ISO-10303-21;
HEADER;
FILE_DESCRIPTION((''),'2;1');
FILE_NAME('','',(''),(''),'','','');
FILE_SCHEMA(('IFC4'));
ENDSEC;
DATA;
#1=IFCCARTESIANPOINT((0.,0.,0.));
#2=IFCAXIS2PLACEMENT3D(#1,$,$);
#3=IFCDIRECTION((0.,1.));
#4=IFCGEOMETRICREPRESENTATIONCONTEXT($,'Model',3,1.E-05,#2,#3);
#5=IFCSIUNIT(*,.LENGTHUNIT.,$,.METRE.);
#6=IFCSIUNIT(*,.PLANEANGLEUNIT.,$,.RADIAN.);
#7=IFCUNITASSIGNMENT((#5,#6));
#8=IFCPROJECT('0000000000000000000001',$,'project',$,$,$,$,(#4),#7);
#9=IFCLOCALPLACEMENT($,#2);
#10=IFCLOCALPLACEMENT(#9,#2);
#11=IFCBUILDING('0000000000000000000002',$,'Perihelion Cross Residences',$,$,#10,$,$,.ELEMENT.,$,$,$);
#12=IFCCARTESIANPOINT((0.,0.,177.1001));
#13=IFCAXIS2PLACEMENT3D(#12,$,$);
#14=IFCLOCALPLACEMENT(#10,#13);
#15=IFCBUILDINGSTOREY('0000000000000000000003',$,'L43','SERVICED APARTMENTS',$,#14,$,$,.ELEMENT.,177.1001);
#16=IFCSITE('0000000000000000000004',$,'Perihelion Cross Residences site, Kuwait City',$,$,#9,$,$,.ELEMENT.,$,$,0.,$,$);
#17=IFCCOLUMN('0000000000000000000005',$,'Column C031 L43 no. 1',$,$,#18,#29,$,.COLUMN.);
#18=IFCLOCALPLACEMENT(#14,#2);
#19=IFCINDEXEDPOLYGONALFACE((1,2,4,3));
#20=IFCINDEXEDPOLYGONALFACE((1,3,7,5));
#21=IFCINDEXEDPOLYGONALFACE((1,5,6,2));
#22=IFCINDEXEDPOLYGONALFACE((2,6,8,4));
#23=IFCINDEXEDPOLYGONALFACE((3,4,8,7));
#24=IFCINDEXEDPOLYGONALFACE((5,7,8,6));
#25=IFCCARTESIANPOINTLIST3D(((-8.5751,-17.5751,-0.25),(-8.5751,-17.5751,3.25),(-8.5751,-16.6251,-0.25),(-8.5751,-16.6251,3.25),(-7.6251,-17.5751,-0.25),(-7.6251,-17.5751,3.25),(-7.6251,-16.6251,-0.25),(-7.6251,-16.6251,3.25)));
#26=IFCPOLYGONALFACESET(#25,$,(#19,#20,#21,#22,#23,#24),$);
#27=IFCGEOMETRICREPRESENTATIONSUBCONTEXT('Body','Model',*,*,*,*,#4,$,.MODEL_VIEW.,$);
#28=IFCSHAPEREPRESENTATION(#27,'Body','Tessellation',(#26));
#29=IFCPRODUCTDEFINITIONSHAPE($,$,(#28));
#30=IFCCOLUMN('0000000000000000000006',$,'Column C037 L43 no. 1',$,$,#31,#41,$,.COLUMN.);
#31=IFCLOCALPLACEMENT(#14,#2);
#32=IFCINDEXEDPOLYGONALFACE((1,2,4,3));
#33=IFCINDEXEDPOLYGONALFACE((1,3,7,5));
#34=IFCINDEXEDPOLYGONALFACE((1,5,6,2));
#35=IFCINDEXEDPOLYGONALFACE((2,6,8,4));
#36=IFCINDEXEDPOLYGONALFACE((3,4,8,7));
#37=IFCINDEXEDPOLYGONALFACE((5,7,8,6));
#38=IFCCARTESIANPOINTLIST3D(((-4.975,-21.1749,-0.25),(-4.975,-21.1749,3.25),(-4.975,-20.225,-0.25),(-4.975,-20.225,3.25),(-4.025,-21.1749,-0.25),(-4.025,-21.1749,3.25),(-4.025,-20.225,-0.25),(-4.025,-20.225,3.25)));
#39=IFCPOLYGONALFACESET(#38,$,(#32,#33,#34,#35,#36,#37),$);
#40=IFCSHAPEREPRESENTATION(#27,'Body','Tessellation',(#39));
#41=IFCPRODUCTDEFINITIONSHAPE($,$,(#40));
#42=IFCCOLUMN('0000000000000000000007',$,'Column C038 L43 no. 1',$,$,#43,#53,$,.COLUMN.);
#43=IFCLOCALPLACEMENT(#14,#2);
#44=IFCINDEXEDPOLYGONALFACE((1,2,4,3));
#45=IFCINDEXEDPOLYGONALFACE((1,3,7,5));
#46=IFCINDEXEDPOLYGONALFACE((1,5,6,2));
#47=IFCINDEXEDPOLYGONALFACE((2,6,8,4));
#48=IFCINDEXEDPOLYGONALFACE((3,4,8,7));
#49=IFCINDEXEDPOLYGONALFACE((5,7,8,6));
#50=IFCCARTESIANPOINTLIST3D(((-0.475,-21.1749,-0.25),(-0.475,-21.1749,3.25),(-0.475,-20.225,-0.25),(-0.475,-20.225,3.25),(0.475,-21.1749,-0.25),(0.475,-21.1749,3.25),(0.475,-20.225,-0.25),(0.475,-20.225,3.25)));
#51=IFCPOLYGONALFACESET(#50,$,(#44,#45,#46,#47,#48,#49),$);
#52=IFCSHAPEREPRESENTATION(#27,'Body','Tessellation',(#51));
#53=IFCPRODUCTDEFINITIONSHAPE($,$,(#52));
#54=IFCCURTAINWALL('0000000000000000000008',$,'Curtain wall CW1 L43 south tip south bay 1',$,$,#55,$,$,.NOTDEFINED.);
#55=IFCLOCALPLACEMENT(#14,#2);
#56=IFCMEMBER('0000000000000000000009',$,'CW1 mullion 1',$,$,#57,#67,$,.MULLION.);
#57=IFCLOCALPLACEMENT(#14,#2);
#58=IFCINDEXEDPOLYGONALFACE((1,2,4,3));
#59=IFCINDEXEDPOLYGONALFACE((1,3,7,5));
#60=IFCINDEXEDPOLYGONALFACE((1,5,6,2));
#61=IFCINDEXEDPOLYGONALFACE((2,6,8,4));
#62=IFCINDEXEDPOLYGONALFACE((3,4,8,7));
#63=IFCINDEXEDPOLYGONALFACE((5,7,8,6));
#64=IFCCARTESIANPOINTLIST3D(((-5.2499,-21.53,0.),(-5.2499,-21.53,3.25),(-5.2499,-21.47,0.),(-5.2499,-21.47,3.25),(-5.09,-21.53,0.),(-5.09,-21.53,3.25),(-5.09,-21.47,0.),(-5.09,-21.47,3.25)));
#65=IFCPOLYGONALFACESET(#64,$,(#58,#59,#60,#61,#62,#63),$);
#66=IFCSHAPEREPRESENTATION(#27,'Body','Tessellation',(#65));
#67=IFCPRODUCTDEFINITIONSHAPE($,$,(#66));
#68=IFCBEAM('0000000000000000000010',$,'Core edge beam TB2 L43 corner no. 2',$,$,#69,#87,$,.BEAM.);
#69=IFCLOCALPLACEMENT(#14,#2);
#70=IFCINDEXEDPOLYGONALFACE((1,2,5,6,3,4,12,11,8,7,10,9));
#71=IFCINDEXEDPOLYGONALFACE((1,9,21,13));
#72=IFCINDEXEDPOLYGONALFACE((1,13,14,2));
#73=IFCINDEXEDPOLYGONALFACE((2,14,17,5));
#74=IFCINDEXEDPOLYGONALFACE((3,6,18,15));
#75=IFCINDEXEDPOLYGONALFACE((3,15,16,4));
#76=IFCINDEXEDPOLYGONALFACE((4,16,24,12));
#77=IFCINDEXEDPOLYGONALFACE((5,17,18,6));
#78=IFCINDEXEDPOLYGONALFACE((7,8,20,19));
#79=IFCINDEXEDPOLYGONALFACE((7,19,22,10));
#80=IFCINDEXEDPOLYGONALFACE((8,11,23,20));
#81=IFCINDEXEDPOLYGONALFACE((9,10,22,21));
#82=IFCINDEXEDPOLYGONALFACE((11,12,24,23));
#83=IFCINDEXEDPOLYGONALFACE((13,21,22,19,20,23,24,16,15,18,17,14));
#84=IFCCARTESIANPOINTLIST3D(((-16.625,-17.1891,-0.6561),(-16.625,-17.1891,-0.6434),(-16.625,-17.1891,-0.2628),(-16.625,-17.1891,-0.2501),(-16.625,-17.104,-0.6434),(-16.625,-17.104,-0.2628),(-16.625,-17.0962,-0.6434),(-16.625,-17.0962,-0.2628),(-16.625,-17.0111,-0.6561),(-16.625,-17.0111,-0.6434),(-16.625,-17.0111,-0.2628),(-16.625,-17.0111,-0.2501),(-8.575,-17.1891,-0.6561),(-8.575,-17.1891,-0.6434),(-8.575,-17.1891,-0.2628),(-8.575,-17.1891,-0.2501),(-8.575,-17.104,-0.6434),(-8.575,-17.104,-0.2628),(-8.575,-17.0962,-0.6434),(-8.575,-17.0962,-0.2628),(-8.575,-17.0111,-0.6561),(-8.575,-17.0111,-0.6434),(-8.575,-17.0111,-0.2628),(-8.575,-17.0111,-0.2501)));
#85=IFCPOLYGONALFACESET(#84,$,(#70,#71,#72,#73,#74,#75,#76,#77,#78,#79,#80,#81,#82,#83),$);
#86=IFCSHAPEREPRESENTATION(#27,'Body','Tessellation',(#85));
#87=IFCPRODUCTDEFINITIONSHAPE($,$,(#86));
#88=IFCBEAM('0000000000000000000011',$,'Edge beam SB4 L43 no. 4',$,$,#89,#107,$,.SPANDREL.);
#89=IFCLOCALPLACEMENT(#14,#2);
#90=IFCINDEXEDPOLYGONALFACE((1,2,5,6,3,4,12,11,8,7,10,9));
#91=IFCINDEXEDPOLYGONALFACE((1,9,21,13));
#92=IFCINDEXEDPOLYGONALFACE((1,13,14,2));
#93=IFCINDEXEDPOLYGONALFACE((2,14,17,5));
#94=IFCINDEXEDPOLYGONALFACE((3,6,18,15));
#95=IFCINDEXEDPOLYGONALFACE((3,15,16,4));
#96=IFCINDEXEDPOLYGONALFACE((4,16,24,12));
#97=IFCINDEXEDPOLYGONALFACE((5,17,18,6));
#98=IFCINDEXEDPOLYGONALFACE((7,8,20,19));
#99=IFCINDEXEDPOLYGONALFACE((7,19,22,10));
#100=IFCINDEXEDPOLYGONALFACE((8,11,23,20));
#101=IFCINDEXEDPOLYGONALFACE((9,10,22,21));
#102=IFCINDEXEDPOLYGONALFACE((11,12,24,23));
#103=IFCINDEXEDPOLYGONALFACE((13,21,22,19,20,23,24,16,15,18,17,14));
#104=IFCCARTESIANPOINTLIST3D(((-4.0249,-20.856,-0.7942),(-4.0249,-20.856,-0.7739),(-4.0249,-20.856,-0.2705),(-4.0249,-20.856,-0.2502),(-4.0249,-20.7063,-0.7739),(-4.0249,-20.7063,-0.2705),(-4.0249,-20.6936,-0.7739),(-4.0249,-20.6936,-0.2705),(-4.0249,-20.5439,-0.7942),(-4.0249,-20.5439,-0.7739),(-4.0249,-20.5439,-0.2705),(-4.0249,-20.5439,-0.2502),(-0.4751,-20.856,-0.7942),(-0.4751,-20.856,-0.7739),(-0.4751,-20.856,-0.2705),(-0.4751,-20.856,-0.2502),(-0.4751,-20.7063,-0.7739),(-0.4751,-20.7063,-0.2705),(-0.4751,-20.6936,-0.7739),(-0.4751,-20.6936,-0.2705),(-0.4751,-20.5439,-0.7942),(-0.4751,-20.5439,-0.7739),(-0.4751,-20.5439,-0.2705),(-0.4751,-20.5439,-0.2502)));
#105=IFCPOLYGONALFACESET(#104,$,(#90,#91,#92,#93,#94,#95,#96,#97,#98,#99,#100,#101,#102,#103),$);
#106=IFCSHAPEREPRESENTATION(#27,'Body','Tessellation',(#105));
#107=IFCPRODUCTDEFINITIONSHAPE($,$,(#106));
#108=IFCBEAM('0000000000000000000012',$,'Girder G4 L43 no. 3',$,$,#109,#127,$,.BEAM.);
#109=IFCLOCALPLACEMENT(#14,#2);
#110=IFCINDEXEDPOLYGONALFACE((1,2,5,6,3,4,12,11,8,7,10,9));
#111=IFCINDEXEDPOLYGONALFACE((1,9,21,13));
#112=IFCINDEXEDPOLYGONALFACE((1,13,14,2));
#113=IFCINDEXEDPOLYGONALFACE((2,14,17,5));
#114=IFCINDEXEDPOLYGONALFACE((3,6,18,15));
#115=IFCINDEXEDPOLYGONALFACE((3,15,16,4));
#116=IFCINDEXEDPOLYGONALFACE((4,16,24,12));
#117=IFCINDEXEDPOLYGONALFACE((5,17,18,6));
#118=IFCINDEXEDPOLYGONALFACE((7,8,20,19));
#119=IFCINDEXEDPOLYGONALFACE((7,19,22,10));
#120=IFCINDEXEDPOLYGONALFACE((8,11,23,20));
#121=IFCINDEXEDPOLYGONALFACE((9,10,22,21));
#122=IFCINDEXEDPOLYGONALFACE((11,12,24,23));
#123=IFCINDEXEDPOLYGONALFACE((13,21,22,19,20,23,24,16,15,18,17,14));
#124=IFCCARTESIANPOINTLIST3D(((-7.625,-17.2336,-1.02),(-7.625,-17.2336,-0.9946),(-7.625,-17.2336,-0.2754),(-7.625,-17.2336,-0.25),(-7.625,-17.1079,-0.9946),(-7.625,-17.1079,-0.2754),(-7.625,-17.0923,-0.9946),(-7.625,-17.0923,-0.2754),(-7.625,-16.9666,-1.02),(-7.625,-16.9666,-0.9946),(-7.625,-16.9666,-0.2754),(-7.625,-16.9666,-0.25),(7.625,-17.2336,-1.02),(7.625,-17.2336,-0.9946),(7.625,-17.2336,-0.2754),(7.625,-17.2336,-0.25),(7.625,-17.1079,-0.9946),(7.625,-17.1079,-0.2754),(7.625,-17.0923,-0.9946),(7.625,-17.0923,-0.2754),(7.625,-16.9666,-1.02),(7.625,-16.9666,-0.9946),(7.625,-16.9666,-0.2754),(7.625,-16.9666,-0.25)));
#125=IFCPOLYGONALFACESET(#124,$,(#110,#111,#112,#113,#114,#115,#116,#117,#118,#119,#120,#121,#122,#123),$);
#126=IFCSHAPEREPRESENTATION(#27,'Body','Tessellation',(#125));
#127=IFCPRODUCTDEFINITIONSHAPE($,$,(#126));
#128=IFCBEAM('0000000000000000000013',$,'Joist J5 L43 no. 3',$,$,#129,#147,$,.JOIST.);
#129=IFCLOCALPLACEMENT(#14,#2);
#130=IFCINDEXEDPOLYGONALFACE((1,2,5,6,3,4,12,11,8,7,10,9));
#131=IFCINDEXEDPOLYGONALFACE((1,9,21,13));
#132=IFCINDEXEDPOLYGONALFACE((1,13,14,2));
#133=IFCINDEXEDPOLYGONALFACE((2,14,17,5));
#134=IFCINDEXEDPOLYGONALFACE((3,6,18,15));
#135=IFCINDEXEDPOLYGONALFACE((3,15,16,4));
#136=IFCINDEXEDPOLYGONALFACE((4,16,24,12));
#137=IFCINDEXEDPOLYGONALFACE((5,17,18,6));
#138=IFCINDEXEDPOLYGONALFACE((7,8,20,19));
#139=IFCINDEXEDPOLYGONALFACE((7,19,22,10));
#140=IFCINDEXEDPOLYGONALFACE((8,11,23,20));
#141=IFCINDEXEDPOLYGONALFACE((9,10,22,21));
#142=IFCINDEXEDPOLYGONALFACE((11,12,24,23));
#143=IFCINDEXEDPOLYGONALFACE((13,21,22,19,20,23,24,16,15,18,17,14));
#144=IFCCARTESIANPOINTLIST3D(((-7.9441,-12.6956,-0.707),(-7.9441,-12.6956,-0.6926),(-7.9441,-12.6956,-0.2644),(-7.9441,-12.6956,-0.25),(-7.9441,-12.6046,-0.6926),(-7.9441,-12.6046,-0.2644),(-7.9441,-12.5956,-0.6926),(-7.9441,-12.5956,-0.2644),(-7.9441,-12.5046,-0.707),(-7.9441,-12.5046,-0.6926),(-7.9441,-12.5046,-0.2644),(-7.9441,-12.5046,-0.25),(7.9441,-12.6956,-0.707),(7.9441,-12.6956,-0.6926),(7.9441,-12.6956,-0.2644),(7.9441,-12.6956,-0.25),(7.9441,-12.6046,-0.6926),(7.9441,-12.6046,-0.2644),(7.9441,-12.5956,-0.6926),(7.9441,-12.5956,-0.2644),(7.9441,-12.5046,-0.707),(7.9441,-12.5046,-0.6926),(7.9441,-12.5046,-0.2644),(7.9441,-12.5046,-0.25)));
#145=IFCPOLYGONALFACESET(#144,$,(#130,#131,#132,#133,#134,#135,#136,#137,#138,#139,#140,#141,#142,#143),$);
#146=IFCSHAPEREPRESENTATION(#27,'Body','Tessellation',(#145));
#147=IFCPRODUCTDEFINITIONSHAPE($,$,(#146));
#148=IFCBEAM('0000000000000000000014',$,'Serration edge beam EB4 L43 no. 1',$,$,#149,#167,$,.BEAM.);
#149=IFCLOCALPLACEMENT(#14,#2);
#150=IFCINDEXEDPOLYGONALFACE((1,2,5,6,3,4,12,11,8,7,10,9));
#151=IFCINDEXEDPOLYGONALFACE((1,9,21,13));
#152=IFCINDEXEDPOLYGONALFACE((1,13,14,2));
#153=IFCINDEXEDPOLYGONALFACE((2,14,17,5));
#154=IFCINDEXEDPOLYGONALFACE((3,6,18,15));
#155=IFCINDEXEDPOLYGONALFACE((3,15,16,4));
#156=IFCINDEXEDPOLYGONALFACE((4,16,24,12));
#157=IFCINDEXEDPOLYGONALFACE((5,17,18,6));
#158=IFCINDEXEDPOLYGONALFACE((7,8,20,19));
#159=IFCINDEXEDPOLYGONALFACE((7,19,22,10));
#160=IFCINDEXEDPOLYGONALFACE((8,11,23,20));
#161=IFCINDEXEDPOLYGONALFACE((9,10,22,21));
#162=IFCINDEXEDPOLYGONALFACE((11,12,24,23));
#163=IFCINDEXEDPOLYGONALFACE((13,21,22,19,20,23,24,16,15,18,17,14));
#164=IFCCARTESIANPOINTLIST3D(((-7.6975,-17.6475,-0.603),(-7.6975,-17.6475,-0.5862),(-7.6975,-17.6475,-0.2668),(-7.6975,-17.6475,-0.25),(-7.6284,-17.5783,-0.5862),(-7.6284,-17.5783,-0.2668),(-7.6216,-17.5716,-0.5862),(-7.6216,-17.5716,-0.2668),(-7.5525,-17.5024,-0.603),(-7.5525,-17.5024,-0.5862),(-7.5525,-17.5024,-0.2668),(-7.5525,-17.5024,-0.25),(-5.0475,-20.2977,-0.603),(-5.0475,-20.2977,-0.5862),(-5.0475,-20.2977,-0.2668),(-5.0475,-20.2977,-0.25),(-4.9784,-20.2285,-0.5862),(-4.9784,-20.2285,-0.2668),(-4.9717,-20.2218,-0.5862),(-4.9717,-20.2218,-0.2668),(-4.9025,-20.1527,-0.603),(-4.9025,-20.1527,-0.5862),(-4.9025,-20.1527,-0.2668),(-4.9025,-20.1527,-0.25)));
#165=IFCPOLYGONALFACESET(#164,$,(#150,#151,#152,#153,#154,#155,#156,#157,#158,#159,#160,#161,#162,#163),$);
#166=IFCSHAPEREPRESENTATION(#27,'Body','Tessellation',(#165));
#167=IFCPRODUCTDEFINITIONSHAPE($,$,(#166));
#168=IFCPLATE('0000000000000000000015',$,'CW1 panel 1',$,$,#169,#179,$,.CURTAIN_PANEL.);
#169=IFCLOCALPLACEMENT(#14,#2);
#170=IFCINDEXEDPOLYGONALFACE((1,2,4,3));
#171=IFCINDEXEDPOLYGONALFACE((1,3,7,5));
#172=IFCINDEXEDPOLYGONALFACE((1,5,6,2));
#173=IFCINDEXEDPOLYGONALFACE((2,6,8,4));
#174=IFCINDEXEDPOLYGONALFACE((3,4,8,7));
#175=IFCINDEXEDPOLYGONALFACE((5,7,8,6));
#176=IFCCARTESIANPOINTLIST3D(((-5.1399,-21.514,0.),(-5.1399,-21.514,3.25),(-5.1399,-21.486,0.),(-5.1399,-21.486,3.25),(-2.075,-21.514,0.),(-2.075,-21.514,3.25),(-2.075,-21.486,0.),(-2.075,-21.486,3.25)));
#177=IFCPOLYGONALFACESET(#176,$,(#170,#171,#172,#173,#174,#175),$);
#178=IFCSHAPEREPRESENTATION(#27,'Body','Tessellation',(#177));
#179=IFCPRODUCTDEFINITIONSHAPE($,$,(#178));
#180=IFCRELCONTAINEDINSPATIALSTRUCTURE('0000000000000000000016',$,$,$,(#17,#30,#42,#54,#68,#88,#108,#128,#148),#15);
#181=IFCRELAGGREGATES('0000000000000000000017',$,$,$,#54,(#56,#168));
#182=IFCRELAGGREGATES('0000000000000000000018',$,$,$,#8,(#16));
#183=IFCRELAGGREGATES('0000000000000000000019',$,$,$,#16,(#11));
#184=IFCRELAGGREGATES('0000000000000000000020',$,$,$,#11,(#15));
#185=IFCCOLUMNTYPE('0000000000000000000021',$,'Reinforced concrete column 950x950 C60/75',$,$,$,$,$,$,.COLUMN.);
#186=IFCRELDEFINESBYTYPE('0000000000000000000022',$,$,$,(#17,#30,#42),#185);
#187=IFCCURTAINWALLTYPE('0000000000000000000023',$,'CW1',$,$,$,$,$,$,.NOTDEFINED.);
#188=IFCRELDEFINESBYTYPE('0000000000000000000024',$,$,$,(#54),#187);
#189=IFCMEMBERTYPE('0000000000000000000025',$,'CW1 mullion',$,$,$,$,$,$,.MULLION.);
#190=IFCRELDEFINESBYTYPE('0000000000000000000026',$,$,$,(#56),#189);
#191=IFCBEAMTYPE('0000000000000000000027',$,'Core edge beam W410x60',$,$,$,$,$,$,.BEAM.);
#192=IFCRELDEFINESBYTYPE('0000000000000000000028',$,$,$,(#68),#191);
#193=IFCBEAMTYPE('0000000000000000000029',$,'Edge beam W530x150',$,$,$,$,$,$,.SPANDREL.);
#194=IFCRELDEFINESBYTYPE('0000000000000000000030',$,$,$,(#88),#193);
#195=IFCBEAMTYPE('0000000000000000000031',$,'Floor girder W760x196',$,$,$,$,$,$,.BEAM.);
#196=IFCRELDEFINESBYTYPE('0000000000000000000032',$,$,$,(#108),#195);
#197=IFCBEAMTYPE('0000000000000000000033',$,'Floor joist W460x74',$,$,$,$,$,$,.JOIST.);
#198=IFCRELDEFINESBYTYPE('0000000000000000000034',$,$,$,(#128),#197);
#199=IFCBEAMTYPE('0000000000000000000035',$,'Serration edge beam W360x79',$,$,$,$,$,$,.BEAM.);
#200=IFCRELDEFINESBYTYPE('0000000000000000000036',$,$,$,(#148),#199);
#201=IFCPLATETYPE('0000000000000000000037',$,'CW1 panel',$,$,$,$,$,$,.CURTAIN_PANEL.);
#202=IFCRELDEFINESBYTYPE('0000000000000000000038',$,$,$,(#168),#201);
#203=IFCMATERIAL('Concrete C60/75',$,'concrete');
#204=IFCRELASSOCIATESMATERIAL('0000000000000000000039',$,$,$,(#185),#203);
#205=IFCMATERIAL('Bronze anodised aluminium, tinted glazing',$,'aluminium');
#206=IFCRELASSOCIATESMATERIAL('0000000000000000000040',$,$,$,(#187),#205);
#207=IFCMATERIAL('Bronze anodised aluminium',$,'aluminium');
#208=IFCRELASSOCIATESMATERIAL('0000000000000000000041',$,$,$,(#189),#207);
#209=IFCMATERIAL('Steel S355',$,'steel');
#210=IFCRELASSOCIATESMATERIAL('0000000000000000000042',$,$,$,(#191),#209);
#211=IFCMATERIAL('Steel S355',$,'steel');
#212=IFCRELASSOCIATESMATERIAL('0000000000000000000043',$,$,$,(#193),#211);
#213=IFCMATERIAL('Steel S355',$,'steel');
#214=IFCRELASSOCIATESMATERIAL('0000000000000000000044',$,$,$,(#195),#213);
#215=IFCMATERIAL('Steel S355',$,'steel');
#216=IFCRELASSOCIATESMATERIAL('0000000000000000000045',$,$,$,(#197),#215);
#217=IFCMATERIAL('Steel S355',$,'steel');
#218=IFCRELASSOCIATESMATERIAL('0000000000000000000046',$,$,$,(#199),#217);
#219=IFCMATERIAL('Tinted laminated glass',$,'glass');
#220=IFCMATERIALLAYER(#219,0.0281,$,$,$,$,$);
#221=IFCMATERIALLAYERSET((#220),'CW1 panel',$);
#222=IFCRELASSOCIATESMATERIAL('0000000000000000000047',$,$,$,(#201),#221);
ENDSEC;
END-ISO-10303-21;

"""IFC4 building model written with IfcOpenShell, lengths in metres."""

from ifc_helpers import new_model, si_unit, direction, frame, origin, origin_2d, place, context, subcontext, project, spatial, rectangle, i_section, extrude, material, layer, layer_set, material_profile, profile_set, type_object, element, aggregate, save


model = new_model("IFC4")

# Units and contexts
model_context = context("Model", 3, precision=1e-05, world=origin(), true_north=direction((0.0, 1.0)))
body_context = subcontext(model_context, "Body", "Model", "MODEL_VIEW")
ifc_project = project(units=[si_unit("LENGTHUNIT", "METRE"), si_unit("PLANEANGLEUNIT", "RADIAN")], contexts=[model_context])

# Site, building, storey
site_placement = place(None, origin())
site = spatial("IfcSite", under=ifc_project, at=site_placement, Name="Perihelion Cross Residences site, Kuwait City", CompositionType="ELEMENT", RefElevation=0.0)
building_placement = place(site_placement, origin())
building = spatial("IfcBuilding", under=site, at=building_placement, Name="Perihelion Cross Residences", CompositionType="ELEMENT")
storey_placement = place(building_placement, frame((0.0, 0.0, 177.1001)))
storey = spatial("IfcBuildingStorey", under=building, at=storey_placement, Name="L43", Description="SERVICED APARTMENTS", CompositionType="ELEMENT", Elevation=177.1001)

# Columns
ifc_material_1 = material(Name="Concrete C60/75", Category="concrete")
ifc_material_profile_1 = material_profile(ifc_material_1, rectangle(XDim=0.95, YDim=0.95, at=origin_2d()), Name="RC 950x950")
ifc_profile_set_1 = profile_set([ifc_material_profile_1], Name="Concrete C60/75")
column_type = type_object("IfcColumnType", Name="Reinforced concrete column 950x950 C60/75", PredefinedType="COLUMN", material=ifc_profile_set_1)
for number, where, z_axis, x_axis, name in (
    (1, (-8.1001, -17.1001, -0.25), (0.0, 0.0, 1.0), (1.0, 0.0, 0.0), "Column C031 L43 no. 1"),
    (2, (-4.5, -20.7, -0.25), (0.0, 0.0, 1.0), (1.0, 0.0, 0.0), "Column C037 L43 no. 1"),
    (3, (0.0, -20.7, -0.25), (0.0, 0.0, 1.0), (1.0, 0.0, 0.0), "Column C038 L43 no. 1"),
):
    element("IfcColumn", number, at=place(storey_placement, frame(where, z_axis=z_axis, x_axis=x_axis)), inside=storey, type_object=column_type, Name=name, PredefinedType="COLUMN", context=body_context, shape_type="SweptSolid", body=[
        extrude(rectangle(XDim=0.95, YDim=0.95, at=origin_2d()), origin(), (0.0, 0.0, 1.0), 3.5),
    ])

# Curtain wall, member
ifc_material_2 = material(Name="Bronze anodised aluminium, tinted glazing", Category="aluminium")
curtain_wall_type = type_object("IfcCurtainWallType", Name="CW1", PredefinedType="NOTDEFINED", material=ifc_material_2)
curtain_wall_placement = place(storey_placement, origin())
curtain_wall = element("IfcCurtainWall", 4, at=curtain_wall_placement, inside=storey, type_object=curtain_wall_type, Name="Curtain wall CW1 L43 south tip south bay 1", PredefinedType="NOTDEFINED")
ifc_material_3 = material(Name="Bronze anodised aluminium", Category="aluminium")
ifc_material_profile_2 = material_profile(ifc_material_3, rectangle(XDim=0.0601, YDim=0.1599, at=origin_2d()), Name="CW1 mullion")
ifc_profile_set_2 = profile_set([ifc_material_profile_2], Name="Bronze anodised aluminium")
member_type = type_object("IfcMemberType", Name="CW1 mullion", PredefinedType="MULLION", material=ifc_profile_set_2)
member_placement = place(storey_placement, frame((-5.1699, -21.5, 0.0), z_axis=(0.0, 0.0, 1.0), x_axis=(0.0, 1.0, 0.0)))
member = element("IfcMember", 5, at=member_placement, type_object=member_type, Name="CW1 mullion 1", PredefinedType="MULLION", context=body_context, shape_type="SweptSolid", body=[
    extrude(rectangle(XDim=0.0601, YDim=0.1599, at=origin_2d()), origin(), (0.0, 0.0, 1.0), 3.25),
])

# Beams
ifc_material_4 = material(Name="Steel S355", Category="steel")
ifc_material_profile_3 = material_profile(ifc_material_4, i_section(OverallWidth=0.178, OverallDepth=0.406, WebThickness=0.0078, FlangeThickness=0.0127, at=origin_2d()), Name="W410x60")
ifc_profile_set_3 = profile_set([ifc_material_profile_3], Name="Steel S355")
beam_type_1 = type_object("IfcBeamType", Name="Core edge beam W410x60", PredefinedType="BEAM", material=ifc_profile_set_3)
beam_1_placement = place(storey_placement, frame((-8.575, -17.1001, -0.4531), z_axis=(-1.0, 0.0, 0.0), x_axis=(0.0, -1.0, 0.0)))
element("IfcBeam", 6, at=beam_1_placement, inside=storey, type_object=beam_type_1, Name="Core edge beam TB2 L43 corner no. 2", PredefinedType="BEAM", context=body_context, shape_type="SweptSolid", body=[
    extrude(i_section(OverallWidth=0.178, OverallDepth=0.406, WebThickness=0.0078, FlangeThickness=0.0127, at=origin_2d()), origin(), (0.0, 0.0, 1.0), 8.05),
])
ifc_material_5 = material(Name="Steel S355", Category="steel")
ifc_material_profile_4 = material_profile(ifc_material_5, i_section(OverallWidth=0.312, OverallDepth=0.5439, WebThickness=0.0127, FlangeThickness=0.0203, at=origin_2d()), Name="W530x150")
ifc_profile_set_4 = profile_set([ifc_material_profile_4], Name="Steel S355")
beam_type_2 = type_object("IfcBeamType", Name="Edge beam W530x150", PredefinedType="SPANDREL", material=ifc_profile_set_4)
beam_2_placement = place(storey_placement, frame((-4.0249, -20.7, -0.5222), z_axis=(1.0, 0.0, 0.0), x_axis=(0.0, 1.0, 0.0)))
element("IfcBeam", 7, at=beam_2_placement, inside=storey, type_object=beam_type_2, Name="Edge beam SB4 L43 no. 4", PredefinedType="SPANDREL", context=body_context, shape_type="SweptSolid", body=[
    extrude(i_section(OverallWidth=0.312, OverallDepth=0.5439, WebThickness=0.0127, FlangeThickness=0.0203, at=origin_2d()), origin(), (0.0, 0.0, 1.0), 3.5498),
])
ifc_material_6 = material(Name="Steel S355", Category="steel")
ifc_material_profile_5 = material_profile(ifc_material_6, i_section(OverallWidth=0.2671, OverallDepth=0.77, WebThickness=0.0156, FlangeThickness=0.0254, at=origin_2d()), Name="W760x196")
ifc_profile_set_5 = profile_set([ifc_material_profile_5], Name="Steel S355")
beam_type_3 = type_object("IfcBeamType", Name="Floor girder W760x196", PredefinedType="BEAM", material=ifc_profile_set_5)
beam_3_placement = place(storey_placement, frame((-7.625, -17.1001, -0.635), z_axis=(1.0, 0.0, 0.0), x_axis=(0.0, 1.0, 0.0)))
element("IfcBeam", 8, at=beam_3_placement, inside=storey, type_object=beam_type_3, Name="Girder G4 L43 no. 3", PredefinedType="BEAM", context=body_context, shape_type="SweptSolid", body=[
    extrude(i_section(OverallWidth=0.2671, OverallDepth=0.77, WebThickness=0.0156, FlangeThickness=0.0254, at=origin_2d()), origin(), (0.0, 0.0, 1.0), 15.25),
])
ifc_material_7 = material(Name="Steel S355", Category="steel")
ifc_material_profile_6 = material_profile(ifc_material_7, i_section(OverallWidth=0.1909, OverallDepth=0.457, WebThickness=0.009, FlangeThickness=0.0144, at=origin_2d()), Name="W460x74")
ifc_profile_set_6 = profile_set([ifc_material_profile_6], Name="Steel S355")
beam_type_4 = type_object("IfcBeamType", Name="Floor joist W460x74", PredefinedType="JOIST", material=ifc_profile_set_6)
beam_4_placement = place(storey_placement, frame((-7.9441, -12.6001, -0.4785), z_axis=(1.0, 0.0, 0.0), x_axis=(0.0, 1.0, 0.0)))
element("IfcBeam", 9, at=beam_4_placement, inside=storey, type_object=beam_type_4, Name="Joist J5 L43 no. 3", PredefinedType="JOIST", context=body_context, shape_type="SweptSolid", body=[
    extrude(i_section(OverallWidth=0.1909, OverallDepth=0.457, WebThickness=0.009, FlangeThickness=0.0144, at=origin_2d()), origin(), (0.0, 0.0, 1.0), 15.8882),
])
ifc_material_8 = material(Name="Steel S355", Category="steel")
ifc_material_profile_7 = material_profile(ifc_material_8, i_section(OverallWidth=0.2051, OverallDepth=0.353, WebThickness=0.0095, FlangeThickness=0.0168, at=origin_2d()), Name="W360x79")
ifc_profile_set_7 = profile_set([ifc_material_profile_7], Name="Steel S355")
beam_type_5 = type_object("IfcBeamType", Name="Serration edge beam W360x79", PredefinedType="BEAM", material=ifc_profile_set_7)
beam_5_placement = place(storey_placement, frame((-7.625, -17.575, -0.4265), z_axis=(0.707074, -0.707139, 0.0), x_axis=(0.707139, 0.707074, 0.0)))
element("IfcBeam", 10, at=beam_5_placement, inside=storey, type_object=beam_type_5, Name="Serration edge beam EB4 L43 no. 1", PredefinedType="BEAM", context=body_context, shape_type="SweptSolid", body=[
    extrude(i_section(OverallWidth=0.2051, OverallDepth=0.353, WebThickness=0.0095, FlangeThickness=0.0168, at=origin_2d()), origin(), (0.0, 0.0, 1.0), 3.7478),
])

# Plate
ifc_material_9 = material(Name="Tinted laminated glass", Category="glass")
ifc_layer_1 = layer(ifc_material_9, 0.0281)
ifc_layer_set_1 = layer_set([ifc_layer_1], Name="CW1 panel")
plate_type = type_object("IfcPlateType", Name="CW1 panel", PredefinedType="CURTAIN_PANEL", material=ifc_layer_set_1)
plate_placement = place(storey_placement, frame((-3.6074, -21.5, 0.0), z_axis=(0.0, 0.0, 1.0), x_axis=(1.0, 0.0, 0.0)))
plate = element("IfcPlate", 11, at=plate_placement, type_object=plate_type, Name="CW1 panel 1", PredefinedType="CURTAIN_PANEL", context=body_context, shape_type="SweptSolid", body=[
    extrude(rectangle(XDim=3.0649, YDim=0.0281, at=origin_2d()), origin(), (0.0, 0.0, 1.0), 3.25),
])
aggregate(curtain_wall, [member, plate])

save(model, "model.ifc")
